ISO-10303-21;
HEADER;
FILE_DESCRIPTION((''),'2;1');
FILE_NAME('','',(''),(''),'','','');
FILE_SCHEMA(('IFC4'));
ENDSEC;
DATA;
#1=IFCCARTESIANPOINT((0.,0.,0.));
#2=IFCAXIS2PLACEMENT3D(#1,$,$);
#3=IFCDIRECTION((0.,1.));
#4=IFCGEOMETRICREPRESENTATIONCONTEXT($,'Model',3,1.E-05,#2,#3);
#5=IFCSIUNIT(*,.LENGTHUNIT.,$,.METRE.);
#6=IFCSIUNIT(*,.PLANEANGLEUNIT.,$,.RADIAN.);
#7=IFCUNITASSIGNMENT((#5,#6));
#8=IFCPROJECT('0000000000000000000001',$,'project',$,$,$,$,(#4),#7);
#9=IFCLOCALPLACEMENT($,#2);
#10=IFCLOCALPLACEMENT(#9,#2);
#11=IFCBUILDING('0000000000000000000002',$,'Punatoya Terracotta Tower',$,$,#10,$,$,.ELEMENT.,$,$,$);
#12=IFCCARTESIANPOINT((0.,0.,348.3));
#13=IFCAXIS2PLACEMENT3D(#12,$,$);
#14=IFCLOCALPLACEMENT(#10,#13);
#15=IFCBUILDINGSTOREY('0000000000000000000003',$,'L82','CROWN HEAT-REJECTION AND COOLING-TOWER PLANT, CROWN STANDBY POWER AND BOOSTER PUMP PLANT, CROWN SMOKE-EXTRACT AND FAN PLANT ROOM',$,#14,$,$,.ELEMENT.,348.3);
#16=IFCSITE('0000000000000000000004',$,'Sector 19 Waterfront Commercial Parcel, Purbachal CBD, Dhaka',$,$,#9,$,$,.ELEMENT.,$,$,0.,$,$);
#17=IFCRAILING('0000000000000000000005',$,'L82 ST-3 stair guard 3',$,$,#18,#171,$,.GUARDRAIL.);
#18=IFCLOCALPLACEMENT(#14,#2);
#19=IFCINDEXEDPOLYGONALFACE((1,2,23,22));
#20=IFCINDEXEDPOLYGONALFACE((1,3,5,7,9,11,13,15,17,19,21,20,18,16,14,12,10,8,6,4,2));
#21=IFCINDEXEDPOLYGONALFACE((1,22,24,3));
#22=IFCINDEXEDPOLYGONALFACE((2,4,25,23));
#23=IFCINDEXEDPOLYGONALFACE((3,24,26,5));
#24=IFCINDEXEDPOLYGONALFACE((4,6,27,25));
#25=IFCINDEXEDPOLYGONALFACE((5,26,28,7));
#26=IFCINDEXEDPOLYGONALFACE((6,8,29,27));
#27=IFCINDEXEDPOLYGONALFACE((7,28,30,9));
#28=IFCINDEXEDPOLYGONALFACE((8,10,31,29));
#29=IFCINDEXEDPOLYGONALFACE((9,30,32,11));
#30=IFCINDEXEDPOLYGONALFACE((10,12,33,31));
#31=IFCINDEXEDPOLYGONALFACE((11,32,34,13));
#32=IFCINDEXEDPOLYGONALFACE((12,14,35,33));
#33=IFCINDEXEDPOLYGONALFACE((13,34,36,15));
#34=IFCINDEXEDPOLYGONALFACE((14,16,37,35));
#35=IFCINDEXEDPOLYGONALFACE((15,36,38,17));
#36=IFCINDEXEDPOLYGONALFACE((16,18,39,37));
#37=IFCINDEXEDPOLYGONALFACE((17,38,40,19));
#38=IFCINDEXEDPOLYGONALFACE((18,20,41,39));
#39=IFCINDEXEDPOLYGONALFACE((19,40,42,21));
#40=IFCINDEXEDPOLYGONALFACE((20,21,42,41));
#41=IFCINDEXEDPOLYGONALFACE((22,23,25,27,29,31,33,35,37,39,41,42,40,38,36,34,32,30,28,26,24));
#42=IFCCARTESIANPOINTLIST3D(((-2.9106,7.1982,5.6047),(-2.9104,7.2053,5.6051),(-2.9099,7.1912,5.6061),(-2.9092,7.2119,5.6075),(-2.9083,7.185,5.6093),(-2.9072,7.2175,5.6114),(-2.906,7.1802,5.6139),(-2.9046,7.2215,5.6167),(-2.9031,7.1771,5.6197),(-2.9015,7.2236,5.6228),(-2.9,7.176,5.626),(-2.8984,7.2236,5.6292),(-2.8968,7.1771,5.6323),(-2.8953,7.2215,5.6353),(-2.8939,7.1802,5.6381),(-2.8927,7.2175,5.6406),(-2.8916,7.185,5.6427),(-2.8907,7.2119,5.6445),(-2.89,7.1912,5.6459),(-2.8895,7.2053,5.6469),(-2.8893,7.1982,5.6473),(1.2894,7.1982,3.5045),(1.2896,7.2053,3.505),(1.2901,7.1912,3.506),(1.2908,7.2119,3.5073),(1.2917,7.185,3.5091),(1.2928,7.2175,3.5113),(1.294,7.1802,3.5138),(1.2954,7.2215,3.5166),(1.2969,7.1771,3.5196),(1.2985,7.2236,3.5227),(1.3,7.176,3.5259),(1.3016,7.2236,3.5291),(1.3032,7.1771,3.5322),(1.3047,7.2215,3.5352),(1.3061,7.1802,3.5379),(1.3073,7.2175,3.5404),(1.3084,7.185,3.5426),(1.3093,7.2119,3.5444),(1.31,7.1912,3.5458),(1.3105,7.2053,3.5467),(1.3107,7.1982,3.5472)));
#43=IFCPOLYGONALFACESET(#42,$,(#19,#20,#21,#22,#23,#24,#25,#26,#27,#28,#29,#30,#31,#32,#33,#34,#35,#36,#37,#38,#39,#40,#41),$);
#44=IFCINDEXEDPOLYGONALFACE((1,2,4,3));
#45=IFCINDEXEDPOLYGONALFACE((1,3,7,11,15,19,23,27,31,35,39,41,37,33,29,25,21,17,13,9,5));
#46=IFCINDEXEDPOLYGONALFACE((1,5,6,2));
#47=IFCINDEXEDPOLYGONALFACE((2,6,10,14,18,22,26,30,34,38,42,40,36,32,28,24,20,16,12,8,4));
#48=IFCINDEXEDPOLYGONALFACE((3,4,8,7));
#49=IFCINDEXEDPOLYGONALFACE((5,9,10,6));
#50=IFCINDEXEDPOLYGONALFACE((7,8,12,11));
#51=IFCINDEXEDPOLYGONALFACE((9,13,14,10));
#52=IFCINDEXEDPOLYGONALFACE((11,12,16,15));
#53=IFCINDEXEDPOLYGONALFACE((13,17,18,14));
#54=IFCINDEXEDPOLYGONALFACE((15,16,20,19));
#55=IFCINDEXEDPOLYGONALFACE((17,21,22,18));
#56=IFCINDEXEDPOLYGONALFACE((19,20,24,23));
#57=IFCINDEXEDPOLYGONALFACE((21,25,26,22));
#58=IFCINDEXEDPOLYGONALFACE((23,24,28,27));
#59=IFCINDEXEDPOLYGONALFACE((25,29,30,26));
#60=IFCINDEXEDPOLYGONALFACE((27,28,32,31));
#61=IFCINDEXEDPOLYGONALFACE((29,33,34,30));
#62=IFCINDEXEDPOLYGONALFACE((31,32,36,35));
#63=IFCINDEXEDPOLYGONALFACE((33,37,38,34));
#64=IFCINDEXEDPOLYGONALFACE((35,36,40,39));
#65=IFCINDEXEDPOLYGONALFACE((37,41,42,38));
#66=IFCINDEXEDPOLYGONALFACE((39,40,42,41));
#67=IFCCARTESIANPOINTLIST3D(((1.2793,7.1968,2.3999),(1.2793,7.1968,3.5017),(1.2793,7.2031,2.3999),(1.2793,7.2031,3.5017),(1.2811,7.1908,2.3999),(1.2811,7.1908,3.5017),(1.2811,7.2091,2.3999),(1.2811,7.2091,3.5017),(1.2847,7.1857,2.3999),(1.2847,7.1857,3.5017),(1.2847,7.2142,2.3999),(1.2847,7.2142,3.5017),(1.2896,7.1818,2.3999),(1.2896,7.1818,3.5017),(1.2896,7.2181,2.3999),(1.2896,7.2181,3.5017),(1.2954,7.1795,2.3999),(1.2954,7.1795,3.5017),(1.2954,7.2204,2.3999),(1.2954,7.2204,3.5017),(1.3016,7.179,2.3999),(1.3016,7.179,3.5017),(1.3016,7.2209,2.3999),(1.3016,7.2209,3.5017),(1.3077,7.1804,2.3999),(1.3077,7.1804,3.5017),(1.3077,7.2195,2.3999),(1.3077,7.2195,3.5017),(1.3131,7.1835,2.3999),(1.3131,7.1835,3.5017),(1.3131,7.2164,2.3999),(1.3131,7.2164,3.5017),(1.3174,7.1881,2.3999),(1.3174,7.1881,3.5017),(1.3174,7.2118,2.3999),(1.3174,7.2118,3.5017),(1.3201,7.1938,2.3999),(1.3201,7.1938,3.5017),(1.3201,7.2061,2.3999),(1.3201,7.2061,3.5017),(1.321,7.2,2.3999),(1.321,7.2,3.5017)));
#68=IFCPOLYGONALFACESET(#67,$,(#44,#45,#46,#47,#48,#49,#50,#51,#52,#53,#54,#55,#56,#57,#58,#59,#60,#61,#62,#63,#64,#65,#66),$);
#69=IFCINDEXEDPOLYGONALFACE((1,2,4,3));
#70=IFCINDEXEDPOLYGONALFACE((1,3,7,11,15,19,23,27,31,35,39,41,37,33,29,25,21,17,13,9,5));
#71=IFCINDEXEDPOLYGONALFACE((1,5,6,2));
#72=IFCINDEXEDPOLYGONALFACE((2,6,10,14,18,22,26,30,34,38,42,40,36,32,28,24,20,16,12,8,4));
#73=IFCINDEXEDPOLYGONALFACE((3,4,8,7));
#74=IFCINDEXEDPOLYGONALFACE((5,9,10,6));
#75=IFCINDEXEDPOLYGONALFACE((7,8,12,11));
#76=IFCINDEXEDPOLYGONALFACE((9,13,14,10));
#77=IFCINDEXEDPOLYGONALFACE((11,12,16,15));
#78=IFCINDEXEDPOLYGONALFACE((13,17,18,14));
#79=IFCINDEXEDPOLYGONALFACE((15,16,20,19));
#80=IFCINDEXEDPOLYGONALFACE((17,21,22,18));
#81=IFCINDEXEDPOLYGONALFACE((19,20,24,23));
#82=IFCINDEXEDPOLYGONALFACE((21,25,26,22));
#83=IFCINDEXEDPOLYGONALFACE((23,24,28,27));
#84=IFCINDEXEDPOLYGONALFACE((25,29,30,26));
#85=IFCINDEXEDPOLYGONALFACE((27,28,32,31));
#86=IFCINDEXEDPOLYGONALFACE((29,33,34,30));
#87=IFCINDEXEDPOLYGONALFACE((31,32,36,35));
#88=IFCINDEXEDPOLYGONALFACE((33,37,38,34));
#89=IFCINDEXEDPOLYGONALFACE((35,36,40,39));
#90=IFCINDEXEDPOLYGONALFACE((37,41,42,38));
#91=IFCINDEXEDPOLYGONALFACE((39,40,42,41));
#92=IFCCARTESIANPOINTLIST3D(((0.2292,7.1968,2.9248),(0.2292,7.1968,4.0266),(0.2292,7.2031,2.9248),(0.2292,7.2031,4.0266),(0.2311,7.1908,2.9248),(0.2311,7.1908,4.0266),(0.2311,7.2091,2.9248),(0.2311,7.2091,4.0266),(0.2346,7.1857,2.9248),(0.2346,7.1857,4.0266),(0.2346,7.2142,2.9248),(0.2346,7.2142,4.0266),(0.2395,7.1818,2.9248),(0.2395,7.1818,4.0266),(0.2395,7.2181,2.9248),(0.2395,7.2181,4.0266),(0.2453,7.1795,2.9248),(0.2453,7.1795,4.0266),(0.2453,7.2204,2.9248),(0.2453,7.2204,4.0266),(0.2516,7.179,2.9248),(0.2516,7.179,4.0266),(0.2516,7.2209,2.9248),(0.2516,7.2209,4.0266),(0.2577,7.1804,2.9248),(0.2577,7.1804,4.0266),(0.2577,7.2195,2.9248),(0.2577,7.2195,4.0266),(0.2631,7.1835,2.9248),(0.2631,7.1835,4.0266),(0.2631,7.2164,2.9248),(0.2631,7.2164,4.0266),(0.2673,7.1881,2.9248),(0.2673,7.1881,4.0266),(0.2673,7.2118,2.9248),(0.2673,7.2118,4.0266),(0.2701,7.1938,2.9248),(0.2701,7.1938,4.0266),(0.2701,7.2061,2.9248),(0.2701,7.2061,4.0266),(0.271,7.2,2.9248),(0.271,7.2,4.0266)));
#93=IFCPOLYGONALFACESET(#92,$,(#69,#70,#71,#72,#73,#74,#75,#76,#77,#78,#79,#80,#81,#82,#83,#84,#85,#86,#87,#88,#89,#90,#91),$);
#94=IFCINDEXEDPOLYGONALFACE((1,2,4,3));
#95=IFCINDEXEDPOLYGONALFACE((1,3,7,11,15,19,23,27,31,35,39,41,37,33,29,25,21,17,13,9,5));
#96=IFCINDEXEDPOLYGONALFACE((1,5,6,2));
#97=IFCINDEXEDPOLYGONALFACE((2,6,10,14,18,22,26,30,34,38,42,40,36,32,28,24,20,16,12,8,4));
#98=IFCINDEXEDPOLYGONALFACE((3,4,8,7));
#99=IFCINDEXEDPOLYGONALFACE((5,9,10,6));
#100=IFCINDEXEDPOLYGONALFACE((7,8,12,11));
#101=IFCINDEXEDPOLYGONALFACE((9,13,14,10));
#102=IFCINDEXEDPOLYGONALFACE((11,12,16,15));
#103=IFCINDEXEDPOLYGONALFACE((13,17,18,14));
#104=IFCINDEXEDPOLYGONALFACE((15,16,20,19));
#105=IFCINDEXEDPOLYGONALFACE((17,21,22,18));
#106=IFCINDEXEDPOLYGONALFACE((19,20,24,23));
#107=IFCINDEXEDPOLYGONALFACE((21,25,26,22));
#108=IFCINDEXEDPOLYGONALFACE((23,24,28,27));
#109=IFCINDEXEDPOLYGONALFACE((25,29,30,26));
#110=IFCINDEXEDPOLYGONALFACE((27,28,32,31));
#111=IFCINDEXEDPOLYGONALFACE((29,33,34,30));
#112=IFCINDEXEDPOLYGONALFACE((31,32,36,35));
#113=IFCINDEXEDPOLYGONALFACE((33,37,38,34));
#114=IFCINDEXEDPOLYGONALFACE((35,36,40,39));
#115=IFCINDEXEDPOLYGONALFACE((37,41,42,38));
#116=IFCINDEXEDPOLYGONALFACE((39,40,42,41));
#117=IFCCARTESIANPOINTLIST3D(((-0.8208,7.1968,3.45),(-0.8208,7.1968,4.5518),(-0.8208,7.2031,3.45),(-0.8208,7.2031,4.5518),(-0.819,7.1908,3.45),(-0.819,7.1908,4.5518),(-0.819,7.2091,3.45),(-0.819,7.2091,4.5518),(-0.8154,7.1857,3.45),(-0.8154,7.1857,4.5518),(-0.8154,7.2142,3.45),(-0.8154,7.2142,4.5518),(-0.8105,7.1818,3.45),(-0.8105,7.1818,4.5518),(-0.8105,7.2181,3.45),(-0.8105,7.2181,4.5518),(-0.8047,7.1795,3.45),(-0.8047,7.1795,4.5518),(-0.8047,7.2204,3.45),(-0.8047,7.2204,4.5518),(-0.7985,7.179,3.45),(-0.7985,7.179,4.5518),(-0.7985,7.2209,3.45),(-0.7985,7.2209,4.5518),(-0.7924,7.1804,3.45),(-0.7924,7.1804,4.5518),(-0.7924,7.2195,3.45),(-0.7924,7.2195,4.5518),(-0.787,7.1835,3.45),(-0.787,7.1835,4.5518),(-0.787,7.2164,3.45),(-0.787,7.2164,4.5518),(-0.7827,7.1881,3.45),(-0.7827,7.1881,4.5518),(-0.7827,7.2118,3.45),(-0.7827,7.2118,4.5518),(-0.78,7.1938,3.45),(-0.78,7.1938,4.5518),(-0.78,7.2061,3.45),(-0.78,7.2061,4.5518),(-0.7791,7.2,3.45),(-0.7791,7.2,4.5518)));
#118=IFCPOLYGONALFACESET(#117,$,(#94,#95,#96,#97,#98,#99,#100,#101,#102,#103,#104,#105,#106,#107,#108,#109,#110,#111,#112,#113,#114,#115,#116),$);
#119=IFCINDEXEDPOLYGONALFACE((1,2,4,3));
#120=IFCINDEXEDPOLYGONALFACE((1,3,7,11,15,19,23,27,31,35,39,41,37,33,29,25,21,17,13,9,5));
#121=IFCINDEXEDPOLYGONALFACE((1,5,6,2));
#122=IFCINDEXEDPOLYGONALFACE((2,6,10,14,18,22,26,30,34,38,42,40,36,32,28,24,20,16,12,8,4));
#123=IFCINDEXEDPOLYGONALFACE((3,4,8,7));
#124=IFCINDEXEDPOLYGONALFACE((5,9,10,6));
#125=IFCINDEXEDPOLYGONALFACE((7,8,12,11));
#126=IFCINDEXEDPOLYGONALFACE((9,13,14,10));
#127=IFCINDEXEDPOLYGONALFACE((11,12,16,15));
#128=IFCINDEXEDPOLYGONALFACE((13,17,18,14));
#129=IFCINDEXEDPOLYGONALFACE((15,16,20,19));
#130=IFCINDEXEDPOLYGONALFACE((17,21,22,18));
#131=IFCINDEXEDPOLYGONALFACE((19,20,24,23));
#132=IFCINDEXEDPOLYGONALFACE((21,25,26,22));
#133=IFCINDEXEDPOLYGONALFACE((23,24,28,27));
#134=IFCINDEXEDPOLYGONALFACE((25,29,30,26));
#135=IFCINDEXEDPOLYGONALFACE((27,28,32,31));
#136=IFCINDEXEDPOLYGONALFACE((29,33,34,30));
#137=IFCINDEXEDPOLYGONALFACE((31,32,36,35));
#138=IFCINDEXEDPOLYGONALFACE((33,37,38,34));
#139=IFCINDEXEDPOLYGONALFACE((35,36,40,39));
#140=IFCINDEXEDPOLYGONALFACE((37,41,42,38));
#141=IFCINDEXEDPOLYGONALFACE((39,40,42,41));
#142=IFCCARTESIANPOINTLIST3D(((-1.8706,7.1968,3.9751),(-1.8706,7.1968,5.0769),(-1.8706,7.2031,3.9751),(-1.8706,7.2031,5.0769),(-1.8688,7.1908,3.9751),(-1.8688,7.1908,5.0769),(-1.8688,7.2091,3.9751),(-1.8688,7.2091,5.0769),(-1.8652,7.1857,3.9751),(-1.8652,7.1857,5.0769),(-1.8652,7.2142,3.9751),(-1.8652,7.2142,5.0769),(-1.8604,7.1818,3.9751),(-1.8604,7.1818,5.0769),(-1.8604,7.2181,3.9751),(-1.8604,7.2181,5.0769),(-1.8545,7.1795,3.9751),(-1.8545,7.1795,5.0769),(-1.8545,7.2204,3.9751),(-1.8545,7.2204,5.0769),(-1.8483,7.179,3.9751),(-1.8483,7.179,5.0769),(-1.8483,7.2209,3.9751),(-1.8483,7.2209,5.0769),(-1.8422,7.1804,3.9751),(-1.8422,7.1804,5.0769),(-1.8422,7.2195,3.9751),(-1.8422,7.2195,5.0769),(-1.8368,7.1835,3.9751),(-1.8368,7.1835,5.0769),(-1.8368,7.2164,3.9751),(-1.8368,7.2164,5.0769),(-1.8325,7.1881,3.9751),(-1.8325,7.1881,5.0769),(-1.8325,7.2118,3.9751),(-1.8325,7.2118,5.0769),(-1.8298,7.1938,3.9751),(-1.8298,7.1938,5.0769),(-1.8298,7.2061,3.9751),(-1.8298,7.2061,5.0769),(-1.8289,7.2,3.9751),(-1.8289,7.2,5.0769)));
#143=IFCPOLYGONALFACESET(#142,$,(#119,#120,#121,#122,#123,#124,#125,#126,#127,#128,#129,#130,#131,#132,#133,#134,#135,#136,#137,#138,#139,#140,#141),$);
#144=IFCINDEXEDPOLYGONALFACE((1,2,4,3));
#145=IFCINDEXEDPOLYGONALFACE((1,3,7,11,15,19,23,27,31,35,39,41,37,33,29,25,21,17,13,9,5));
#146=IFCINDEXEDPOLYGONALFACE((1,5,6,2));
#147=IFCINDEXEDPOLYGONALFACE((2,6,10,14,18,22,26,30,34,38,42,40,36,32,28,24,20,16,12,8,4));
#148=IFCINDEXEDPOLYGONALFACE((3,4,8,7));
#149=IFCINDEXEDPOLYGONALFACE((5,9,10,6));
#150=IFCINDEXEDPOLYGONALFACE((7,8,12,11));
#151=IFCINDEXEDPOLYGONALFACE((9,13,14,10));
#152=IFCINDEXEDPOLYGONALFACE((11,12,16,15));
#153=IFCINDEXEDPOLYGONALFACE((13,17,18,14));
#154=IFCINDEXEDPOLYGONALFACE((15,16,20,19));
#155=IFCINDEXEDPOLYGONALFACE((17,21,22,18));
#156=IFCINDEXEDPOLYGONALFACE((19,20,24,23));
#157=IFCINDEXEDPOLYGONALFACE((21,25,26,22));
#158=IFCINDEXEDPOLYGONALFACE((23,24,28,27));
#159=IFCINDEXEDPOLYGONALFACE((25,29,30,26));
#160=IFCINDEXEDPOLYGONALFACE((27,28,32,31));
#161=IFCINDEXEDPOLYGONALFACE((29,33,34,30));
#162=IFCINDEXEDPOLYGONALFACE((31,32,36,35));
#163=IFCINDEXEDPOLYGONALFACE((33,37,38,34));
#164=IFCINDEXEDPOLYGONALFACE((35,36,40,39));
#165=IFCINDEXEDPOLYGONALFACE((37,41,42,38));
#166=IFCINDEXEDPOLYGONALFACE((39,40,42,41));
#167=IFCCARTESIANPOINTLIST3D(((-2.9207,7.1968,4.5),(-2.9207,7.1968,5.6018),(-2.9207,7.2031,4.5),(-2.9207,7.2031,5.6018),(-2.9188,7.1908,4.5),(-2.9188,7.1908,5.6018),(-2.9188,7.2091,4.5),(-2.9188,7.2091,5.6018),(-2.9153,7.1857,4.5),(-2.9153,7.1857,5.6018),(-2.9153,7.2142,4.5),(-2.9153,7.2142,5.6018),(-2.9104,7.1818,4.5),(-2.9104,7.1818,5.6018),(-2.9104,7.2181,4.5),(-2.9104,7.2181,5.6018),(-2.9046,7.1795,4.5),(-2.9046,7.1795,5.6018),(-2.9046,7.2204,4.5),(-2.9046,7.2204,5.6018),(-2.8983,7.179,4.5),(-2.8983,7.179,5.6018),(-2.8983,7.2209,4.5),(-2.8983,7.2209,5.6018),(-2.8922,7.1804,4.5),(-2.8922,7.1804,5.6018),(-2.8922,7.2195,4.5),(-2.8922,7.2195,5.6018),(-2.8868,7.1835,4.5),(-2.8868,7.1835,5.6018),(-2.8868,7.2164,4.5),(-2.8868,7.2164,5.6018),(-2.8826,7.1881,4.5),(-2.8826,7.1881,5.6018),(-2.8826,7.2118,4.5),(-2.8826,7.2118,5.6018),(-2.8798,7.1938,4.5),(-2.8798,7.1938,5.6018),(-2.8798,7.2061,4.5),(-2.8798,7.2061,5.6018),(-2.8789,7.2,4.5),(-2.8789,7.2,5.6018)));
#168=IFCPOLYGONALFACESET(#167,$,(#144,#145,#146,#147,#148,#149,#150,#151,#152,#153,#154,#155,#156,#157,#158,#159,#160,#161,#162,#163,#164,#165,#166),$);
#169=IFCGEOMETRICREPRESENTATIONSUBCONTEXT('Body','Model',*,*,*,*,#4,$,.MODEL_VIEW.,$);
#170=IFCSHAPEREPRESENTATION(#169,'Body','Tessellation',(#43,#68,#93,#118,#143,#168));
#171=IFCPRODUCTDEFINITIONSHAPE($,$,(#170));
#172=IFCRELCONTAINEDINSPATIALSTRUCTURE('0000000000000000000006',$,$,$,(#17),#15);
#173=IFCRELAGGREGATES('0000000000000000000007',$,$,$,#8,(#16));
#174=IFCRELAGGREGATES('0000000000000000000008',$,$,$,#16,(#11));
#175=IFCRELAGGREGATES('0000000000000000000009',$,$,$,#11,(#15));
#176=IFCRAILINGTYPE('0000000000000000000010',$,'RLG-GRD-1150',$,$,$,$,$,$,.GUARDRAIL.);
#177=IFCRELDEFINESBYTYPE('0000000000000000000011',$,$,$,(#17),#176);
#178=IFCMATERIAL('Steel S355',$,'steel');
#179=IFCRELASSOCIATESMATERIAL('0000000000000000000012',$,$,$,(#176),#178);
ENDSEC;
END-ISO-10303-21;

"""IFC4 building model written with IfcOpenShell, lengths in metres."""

from ifc_helpers import new_model, si_unit, direction, frame, origin, origin_2d, place, context, subcontext, project, spatial, circle, extrude, material, type_object, element, save


model = new_model("IFC4")

# Units and contexts
model_context = context("Model", 3, precision=1e-05, world=origin(), true_north=direction((0.0, 1.0)))
body_context = subcontext(model_context, "Body", "Model", "MODEL_VIEW")
ifc_project = project(units=[si_unit("LENGTHUNIT", "METRE"), si_unit("PLANEANGLEUNIT", "RADIAN")], contexts=[model_context])

# Site, building, storey
site_placement = place(None, origin())
site = spatial("IfcSite", under=ifc_project, at=site_placement, Name="Sector 19 Waterfront Commercial Parcel, Purbachal CBD, Dhaka", CompositionType="ELEMENT", RefElevation=0.0)
building_placement = place(site_placement, origin())
building = spatial("IfcBuilding", under=site, at=building_placement, Name="Punatoya Terracotta Tower", CompositionType="ELEMENT")
storey_placement = place(building_placement, frame((0.0, 0.0, 348.3)))
storey = spatial("IfcBuildingStorey", under=building, at=storey_placement, Name="L82", Description="CROWN HEAT-REJECTION AND COOLING-TOWER PLANT, CROWN STANDBY POWER AND BOOSTER PUMP PLANT, CROWN SMOKE-EXTRACT AND FAN PLANT ROOM", CompositionType="ELEMENT", Elevation=348.3)

# Shared definitions
ifc_material_1 = material(Name="Steel S355", Category="steel")

# Railing
railing_type_1 = type_object("IfcRailingType", Name="RLG-GRD-1150", PredefinedType="GUARDRAIL", material=ifc_material_1)
railing_1_placement = place(storey_placement, frame((1.3, 7.2, 2.3999)))
element("IfcRailing", 1, at=railing_1_placement, inside=storey, type_object=railing_type_1, Name="L82 ST-3 stair guard 3", PredefinedType="GUARDRAIL", context=body_context, shape_type="SweptSolid", body=[
    extrude(circle(Radius=0.0239, at=origin_2d()), frame((0.0, 0.0, 1.126), z_axis=(-0.894417, 0.0, 0.447234), x_axis=(0.0, -1.0, 0.0)), (0.0, 0.0, 1.0), 4.6958),
    extrude(circle(Radius=0.021, at=origin_2d()), origin(), (0.0, 0.0, 1.0), 1.1018),
    extrude(circle(Radius=0.021, at=origin_2d()), frame((-1.05, 0.0, 0.5249)), (0.0, 0.0, 1.0), 1.1018),
    extrude(circle(Radius=0.021, at=origin_2d()), frame((-2.1001, 0.0, 1.05)), (0.0, 0.0, 1.0), 1.1018),
    extrude(circle(Radius=0.021, at=origin_2d()), frame((-3.1499, 0.0, 1.5752)), (0.0, 0.0, 1.0), 1.1018),
    extrude(circle(Radius=0.021, at=origin_2d()), frame((-4.2, 0.0, 2.1001)), (0.0, 0.0, 1.0), 1.1018),
])

save(model, "model.ifc")
